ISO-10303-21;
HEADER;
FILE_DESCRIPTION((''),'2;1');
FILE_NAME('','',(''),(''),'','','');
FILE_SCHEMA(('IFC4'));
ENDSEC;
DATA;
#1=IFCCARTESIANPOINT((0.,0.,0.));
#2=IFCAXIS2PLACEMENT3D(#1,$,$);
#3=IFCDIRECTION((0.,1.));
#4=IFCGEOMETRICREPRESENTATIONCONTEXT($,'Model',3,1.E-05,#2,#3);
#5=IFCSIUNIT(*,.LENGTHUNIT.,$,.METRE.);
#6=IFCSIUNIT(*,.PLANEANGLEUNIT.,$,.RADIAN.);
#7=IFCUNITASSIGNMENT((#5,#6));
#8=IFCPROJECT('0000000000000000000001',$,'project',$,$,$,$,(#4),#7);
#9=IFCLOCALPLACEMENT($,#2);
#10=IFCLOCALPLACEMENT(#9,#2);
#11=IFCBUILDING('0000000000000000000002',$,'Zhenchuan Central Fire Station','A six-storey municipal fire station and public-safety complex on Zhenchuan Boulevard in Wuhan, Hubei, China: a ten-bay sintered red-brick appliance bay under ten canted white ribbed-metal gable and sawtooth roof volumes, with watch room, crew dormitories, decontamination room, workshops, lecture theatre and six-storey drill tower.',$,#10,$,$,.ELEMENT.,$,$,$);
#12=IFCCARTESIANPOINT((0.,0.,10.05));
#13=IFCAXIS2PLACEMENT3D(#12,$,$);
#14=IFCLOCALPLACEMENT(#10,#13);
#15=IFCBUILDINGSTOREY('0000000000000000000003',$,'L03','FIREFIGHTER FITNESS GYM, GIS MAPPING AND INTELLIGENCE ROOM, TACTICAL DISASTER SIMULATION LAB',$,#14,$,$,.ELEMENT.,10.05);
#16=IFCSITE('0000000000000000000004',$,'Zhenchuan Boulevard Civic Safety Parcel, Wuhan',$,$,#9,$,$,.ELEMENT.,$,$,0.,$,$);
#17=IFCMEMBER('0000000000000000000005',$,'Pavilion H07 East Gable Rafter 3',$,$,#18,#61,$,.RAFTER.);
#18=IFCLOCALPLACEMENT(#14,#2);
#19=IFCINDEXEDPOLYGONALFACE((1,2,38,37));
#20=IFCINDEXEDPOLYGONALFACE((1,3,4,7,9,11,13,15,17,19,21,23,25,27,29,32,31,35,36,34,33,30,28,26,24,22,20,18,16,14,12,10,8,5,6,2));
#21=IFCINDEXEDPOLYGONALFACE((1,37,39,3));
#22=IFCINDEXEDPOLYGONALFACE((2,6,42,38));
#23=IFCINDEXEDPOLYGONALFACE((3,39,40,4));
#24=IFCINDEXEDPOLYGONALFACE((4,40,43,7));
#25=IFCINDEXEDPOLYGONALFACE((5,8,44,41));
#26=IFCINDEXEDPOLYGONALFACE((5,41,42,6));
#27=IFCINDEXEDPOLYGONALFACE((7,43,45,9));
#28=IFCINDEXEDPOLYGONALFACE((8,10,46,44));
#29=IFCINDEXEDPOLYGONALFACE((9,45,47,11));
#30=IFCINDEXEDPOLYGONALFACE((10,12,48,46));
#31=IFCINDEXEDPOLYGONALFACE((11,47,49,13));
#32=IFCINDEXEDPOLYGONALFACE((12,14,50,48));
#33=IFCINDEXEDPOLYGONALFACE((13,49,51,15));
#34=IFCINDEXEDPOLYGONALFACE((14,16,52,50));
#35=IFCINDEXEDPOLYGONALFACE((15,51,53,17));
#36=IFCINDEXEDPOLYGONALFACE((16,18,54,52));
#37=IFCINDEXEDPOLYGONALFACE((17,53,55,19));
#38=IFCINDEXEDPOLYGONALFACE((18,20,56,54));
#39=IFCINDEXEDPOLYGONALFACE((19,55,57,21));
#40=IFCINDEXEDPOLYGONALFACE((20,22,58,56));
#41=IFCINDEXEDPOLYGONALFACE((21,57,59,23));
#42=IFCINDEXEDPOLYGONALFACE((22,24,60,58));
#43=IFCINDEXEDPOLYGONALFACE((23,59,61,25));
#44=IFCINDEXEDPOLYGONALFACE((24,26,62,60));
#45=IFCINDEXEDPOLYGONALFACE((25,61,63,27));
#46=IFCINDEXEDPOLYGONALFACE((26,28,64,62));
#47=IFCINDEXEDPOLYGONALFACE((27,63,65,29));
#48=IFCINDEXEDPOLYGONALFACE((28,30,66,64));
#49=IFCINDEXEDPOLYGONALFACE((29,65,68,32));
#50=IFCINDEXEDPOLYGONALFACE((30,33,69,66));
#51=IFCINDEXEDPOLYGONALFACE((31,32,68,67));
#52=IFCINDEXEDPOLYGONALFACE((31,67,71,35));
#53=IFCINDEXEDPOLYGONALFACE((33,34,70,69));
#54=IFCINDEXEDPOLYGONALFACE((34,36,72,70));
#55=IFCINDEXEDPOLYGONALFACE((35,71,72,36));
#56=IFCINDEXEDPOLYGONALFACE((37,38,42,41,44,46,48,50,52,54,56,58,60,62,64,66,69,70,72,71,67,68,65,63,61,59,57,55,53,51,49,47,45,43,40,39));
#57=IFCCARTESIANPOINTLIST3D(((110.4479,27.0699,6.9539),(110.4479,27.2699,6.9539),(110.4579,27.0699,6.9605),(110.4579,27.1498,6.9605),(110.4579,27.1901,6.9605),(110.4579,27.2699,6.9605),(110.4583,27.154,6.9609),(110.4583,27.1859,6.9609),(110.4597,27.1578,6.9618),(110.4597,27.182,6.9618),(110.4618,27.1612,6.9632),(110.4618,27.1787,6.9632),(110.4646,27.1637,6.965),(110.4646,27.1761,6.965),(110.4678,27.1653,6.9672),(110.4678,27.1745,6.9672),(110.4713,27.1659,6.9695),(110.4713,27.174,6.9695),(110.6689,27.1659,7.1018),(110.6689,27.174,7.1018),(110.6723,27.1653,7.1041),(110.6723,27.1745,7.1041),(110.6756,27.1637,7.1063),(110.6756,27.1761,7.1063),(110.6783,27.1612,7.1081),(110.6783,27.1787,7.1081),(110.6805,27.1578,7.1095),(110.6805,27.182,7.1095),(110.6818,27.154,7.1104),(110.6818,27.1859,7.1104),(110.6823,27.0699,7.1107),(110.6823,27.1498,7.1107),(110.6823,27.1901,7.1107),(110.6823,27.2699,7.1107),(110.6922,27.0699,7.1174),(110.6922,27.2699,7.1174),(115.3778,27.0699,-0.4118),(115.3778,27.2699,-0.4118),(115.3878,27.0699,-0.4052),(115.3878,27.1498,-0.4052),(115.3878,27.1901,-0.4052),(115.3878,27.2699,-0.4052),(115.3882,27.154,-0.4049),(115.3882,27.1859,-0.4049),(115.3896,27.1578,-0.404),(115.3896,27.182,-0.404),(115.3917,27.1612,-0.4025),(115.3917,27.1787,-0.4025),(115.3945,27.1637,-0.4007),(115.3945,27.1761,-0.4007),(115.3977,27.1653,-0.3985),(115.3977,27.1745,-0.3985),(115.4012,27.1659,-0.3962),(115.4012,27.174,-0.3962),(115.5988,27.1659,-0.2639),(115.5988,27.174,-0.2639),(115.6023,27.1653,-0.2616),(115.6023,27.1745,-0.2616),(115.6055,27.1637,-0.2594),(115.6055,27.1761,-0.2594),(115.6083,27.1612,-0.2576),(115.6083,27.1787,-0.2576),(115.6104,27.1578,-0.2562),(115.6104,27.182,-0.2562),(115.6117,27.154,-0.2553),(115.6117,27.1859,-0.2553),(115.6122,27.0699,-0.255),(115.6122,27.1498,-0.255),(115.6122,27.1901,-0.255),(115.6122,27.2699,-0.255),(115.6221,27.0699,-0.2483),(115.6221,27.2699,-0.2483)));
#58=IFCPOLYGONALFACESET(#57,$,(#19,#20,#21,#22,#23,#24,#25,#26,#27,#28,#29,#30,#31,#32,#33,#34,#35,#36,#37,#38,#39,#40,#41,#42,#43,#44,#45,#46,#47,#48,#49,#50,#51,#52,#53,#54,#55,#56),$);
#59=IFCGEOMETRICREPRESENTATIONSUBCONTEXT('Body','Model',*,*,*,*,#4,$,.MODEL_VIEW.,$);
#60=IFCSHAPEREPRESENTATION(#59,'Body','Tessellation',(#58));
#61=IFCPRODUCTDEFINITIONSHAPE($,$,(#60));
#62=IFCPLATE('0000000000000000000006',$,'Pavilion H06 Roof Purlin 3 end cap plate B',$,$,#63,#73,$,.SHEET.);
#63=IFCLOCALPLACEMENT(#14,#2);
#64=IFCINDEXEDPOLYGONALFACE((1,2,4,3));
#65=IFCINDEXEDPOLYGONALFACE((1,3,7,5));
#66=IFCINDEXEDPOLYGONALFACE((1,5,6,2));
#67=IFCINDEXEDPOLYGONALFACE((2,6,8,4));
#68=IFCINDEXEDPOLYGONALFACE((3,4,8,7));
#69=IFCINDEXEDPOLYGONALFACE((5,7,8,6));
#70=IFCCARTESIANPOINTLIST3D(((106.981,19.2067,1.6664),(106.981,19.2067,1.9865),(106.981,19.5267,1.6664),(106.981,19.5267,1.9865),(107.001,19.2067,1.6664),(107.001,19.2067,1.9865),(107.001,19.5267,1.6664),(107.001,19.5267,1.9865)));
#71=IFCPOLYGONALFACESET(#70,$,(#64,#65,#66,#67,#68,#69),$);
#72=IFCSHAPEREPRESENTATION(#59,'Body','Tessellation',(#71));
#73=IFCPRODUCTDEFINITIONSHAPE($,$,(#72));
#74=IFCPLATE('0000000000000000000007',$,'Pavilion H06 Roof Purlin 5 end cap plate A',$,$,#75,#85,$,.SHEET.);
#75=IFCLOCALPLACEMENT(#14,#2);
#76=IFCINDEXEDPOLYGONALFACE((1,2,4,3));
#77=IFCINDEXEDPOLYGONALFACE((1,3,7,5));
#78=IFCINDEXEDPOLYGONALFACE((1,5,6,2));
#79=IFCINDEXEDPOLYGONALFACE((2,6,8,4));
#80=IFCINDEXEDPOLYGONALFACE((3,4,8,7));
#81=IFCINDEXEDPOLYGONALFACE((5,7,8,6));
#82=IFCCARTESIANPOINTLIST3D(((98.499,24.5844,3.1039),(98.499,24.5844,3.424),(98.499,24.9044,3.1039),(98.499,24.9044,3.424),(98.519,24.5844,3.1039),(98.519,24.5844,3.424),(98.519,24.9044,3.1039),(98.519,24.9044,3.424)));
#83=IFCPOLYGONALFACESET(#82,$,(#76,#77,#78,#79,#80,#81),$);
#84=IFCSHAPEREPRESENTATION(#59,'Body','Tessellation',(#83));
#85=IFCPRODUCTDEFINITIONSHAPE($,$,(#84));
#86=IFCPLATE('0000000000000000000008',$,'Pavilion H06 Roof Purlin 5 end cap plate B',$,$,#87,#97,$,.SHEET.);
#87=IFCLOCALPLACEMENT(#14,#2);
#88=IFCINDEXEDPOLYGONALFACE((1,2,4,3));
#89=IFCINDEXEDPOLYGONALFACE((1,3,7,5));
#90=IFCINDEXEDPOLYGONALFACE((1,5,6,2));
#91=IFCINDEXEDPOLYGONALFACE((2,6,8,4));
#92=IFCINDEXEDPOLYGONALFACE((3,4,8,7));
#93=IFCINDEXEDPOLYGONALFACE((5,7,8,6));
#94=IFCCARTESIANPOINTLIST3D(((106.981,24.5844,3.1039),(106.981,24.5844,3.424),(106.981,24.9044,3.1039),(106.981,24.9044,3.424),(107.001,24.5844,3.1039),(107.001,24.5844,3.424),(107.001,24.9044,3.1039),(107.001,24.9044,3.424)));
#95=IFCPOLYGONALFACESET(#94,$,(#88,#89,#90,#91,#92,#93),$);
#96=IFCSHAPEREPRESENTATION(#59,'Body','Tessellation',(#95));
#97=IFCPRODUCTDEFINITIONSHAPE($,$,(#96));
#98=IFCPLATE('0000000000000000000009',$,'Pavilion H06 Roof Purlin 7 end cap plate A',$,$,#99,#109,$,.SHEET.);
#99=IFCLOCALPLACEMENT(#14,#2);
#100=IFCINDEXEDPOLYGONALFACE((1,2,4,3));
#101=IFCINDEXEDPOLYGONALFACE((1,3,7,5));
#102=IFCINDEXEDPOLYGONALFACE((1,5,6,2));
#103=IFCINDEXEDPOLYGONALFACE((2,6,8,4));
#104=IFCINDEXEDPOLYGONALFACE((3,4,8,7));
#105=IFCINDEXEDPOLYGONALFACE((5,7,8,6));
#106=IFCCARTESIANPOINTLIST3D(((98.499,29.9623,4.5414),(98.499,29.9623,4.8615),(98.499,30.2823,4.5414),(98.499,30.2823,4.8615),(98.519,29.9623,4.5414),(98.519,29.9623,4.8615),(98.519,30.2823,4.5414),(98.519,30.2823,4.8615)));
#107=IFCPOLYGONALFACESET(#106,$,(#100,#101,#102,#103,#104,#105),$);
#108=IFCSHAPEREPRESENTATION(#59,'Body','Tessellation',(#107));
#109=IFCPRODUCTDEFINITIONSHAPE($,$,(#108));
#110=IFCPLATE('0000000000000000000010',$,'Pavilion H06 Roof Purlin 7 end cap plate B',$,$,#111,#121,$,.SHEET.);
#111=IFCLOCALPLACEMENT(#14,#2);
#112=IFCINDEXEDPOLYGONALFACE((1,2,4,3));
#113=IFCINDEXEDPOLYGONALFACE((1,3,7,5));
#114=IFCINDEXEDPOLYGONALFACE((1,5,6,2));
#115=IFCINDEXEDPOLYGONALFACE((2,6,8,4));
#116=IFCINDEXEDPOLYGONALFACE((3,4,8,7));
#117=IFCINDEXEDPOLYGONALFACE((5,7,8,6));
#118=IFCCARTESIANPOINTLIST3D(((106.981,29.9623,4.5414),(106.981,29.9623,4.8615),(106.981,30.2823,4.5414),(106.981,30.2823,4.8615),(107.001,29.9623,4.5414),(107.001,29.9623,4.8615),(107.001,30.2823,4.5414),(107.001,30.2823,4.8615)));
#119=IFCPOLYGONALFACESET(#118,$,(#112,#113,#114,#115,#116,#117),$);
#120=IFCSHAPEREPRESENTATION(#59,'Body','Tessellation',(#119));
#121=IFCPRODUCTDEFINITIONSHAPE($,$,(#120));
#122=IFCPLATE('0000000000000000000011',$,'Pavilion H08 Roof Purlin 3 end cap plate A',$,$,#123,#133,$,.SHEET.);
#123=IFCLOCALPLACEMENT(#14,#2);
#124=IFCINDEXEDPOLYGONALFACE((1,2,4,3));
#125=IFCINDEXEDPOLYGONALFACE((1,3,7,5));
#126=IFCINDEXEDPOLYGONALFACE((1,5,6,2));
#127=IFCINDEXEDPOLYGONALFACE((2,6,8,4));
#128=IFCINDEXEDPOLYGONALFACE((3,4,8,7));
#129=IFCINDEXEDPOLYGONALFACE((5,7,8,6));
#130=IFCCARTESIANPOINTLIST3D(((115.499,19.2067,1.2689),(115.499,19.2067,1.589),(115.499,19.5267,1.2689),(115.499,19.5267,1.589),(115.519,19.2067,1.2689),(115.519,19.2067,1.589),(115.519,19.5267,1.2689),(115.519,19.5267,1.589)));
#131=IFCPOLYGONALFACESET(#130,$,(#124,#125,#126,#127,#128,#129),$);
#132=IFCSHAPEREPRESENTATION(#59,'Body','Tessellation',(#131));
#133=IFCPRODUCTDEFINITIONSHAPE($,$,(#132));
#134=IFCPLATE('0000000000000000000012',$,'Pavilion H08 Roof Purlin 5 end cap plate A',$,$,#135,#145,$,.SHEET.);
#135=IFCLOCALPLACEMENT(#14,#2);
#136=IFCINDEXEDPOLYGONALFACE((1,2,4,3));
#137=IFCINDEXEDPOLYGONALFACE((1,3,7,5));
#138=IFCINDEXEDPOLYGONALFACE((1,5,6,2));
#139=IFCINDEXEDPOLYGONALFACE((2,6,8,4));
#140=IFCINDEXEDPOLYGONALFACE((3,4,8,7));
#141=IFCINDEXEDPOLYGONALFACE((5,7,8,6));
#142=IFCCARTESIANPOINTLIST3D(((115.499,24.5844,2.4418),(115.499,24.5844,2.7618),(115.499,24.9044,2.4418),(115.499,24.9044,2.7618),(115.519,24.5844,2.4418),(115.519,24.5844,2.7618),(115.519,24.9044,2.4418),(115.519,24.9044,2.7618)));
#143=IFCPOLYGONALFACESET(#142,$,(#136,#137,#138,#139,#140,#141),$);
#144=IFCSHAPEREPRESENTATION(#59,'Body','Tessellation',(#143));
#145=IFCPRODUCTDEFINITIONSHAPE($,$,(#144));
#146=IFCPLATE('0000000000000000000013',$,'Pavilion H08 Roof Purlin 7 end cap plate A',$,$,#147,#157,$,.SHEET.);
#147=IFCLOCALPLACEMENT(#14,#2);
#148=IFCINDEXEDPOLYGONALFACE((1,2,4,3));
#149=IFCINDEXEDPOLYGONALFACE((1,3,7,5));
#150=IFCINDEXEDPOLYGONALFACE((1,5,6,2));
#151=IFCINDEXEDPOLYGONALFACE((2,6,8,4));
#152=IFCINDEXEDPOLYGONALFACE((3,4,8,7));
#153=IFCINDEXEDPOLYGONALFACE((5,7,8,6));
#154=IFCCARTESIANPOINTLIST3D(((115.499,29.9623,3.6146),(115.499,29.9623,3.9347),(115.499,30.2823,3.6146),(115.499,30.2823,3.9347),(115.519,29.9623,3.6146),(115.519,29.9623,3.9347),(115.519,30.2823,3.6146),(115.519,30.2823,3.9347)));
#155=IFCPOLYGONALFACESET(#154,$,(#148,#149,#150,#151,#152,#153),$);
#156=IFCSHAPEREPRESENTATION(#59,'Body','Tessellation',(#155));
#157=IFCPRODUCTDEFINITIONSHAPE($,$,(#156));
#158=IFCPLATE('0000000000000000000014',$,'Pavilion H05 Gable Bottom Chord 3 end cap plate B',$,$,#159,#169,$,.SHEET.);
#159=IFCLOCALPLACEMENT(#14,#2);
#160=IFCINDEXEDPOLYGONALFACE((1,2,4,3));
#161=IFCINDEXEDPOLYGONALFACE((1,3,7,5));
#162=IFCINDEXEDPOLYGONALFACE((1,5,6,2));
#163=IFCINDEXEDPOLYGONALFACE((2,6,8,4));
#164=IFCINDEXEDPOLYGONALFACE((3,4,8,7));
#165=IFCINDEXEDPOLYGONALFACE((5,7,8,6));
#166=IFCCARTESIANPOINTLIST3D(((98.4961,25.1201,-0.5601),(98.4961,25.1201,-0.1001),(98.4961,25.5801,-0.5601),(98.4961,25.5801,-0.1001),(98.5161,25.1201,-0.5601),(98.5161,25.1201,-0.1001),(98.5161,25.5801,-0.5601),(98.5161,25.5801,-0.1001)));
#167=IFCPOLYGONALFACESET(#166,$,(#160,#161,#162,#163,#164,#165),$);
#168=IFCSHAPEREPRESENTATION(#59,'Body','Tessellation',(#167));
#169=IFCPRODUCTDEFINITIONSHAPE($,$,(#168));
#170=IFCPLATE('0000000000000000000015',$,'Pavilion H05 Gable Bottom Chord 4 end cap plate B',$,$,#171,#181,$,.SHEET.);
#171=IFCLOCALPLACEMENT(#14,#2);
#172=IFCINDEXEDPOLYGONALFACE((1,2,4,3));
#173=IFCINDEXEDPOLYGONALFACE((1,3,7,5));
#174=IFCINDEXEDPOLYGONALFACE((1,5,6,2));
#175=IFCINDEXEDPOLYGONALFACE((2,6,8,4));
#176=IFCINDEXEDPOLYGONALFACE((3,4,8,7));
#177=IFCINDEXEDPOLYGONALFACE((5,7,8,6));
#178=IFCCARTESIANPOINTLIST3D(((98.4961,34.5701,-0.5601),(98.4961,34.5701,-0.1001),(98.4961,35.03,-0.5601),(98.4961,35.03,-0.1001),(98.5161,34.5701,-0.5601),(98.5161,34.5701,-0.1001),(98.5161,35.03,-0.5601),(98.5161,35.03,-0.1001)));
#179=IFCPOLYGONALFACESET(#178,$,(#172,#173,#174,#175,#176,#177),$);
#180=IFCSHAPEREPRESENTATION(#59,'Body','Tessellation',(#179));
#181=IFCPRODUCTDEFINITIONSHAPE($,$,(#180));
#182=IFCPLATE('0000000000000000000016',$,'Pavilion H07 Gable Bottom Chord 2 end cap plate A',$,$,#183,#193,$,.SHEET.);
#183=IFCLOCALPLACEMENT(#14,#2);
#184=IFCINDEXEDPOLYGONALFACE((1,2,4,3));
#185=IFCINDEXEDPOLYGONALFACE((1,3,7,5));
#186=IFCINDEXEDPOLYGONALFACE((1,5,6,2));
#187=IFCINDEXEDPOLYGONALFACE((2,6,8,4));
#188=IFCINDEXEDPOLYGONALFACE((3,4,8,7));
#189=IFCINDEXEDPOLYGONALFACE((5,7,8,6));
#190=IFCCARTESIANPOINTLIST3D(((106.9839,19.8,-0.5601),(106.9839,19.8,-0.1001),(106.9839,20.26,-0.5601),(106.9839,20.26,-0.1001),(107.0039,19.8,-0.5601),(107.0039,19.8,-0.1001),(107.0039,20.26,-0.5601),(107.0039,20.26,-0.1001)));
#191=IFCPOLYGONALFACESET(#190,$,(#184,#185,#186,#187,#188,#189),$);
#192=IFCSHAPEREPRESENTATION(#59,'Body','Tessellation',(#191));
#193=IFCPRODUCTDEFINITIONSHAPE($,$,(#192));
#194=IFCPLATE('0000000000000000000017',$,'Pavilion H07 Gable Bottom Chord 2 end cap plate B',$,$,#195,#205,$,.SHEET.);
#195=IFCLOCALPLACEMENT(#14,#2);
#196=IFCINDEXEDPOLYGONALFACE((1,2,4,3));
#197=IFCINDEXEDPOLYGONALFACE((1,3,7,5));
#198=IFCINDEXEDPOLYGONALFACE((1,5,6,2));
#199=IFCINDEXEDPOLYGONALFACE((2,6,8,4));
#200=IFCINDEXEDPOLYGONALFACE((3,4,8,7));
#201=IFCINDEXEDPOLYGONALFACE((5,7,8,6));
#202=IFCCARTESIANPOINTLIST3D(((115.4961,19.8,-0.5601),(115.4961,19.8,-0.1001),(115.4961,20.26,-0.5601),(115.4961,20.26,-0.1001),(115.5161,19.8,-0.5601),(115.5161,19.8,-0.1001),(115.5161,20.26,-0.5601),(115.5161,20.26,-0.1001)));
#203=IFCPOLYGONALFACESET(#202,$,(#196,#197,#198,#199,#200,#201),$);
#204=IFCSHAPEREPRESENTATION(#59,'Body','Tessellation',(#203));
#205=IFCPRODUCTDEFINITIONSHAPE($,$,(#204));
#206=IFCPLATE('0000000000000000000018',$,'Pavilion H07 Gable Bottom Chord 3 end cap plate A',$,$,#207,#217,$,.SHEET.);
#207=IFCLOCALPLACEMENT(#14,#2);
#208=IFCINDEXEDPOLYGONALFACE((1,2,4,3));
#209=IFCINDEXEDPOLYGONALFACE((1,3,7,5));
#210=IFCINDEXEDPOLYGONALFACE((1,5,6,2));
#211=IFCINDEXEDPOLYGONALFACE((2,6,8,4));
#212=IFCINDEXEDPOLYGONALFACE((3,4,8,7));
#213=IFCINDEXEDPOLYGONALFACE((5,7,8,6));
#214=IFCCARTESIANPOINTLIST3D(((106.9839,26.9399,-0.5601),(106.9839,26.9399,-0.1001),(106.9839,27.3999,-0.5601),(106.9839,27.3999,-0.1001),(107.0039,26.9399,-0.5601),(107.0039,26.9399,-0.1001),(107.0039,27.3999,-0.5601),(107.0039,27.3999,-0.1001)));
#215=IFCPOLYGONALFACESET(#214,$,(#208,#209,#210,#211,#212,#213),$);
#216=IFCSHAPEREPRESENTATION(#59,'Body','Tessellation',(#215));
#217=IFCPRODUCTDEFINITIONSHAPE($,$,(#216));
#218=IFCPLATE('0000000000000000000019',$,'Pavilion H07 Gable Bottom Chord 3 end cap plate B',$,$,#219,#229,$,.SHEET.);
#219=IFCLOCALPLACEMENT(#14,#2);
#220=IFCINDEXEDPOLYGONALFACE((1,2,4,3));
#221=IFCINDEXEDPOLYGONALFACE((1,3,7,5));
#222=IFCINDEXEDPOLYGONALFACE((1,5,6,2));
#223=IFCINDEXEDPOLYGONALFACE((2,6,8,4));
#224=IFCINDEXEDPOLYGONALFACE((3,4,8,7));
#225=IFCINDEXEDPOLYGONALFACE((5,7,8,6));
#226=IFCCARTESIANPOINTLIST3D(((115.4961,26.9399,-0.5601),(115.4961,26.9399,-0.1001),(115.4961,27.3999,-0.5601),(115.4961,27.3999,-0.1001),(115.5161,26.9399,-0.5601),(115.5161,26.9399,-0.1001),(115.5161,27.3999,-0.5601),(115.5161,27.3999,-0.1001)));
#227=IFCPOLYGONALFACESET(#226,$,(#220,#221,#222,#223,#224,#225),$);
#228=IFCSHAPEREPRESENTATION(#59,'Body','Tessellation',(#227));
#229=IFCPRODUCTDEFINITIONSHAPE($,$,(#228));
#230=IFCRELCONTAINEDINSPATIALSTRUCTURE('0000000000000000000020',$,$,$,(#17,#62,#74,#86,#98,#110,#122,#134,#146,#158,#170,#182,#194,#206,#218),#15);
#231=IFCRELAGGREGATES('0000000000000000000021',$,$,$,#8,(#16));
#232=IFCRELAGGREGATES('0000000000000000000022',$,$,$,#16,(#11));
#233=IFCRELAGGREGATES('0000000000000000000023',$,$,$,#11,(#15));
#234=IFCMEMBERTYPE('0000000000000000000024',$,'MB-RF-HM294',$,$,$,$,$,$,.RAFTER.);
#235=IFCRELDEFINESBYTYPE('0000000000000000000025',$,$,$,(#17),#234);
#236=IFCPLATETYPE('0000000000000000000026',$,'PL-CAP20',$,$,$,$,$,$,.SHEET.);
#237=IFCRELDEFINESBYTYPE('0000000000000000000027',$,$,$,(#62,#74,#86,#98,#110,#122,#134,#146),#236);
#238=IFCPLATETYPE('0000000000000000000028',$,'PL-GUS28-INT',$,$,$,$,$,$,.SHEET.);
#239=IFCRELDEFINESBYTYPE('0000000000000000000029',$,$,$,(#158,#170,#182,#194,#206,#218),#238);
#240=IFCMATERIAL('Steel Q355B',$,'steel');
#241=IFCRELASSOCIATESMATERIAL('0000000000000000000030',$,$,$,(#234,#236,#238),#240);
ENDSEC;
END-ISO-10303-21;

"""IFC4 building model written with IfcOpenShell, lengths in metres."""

from ifc_helpers import new_model, si_unit, direction, frame, origin, origin_2d, place, context, subcontext, project, spatial, rectangle, i_section, extrude, material, material_profile, profile_set, type_object, element, save


model = new_model("IFC4")

# Units and contexts
model_context = context("Model", 3, precision=1e-05, world=origin(), true_north=direction((0.0, 1.0)))
body_context = subcontext(model_context, "Body", "Model", "MODEL_VIEW")
ifc_project = project(units=[si_unit("LENGTHUNIT", "METRE"), si_unit("PLANEANGLEUNIT", "RADIAN")], contexts=[model_context])

# Site, building, storey
site_placement = place(None, origin())
site = spatial("IfcSite", under=ifc_project, at=site_placement, Name="Zhenchuan Boulevard Civic Safety Parcel, Wuhan", CompositionType="ELEMENT", RefElevation=0.0)
building_placement = place(site_placement, origin())
building = spatial("IfcBuilding", under=site, at=building_placement, Name="Zhenchuan Central Fire Station", Description="A six-storey municipal fire station and public-safety complex on Zhenchuan Boulevard in Wuhan, Hubei, China: a ten-bay sintered red-brick appliance bay under ten canted white ribbed-metal gable and sawtooth roof volumes, with watch room, crew dormitories, decontamination room, workshops, lecture theatre and six-storey drill tower.", CompositionType="ELEMENT")
storey_placement = place(building_placement, frame((0.0, 0.0, 10.05)))
storey = spatial("IfcBuildingStorey", under=building, at=storey_placement, Name="L03", Description="FIREFIGHTER FITNESS GYM, GIS MAPPING AND INTELLIGENCE ROOM, TACTICAL DISASTER SIMULATION LAB", CompositionType="ELEMENT", Elevation=10.05)

# Member
ifc_material = material(Name="Steel Q355B", Category="steel")
ifc_material_profile_1 = material_profile(ifc_material, i_section(OverallWidth=0.2, OverallDepth=0.2939, WebThickness=0.0081, FlangeThickness=0.012, FilletRadius=0.0161, at=origin_2d()), Name="HM 294x200")
ifc_profile_set_1 = profile_set([ifc_material_profile_1], Name="Steel Q355B")
member_type_1 = type_object("IfcMemberType", Name="MB-RF-HM294", PredefinedType="RAFTER", material=ifc_profile_set_1)
member_1_placement = place(storey_placement, frame((110.5701, 27.1699, 7.0356), z_axis=(0.556218, 0.0, -0.831036), x_axis=(0.0, 1.0, 0.0)))
element("IfcMember", 1, at=member_1_placement, inside=storey, type_object=member_type_1, Name="Pavilion H07 East Gable Rafter 3", PredefinedType="RAFTER", context=body_context, shape_type="SweptSolid", body=[
    extrude(i_section(OverallWidth=0.2, OverallDepth=0.2939, WebThickness=0.0081, FlangeThickness=0.012, FilletRadius=0.0161, at=origin_2d()), origin(), (0.0, 0.0, 1.0), 8.8633),
])

# Plates
ifc_material_profile_2 = material_profile(ifc_material, rectangle(XDim=0.3201, YDim=0.3201, at=origin_2d()), Name="PL 320x320x20")
ifc_profile_set_2 = profile_set([ifc_material_profile_2], Name="Steel Q355B")
plate_type_1 = type_object("IfcPlateType", Name="PL-CAP20", PredefinedType="SHEET", material=ifc_profile_set_2)
for number, where, z_axis, x_axis, name in (
    (2, (106.981, 19.3667, 1.8264), (1.0, 0.0, 0.0), (0.0, 1.0, 0.0), "Pavilion H06 Roof Purlin 3 end cap plate B"),
    (3, (98.499, 24.7444, 3.2639), (1.0, 0.0, 0.0), (0.0, 1.0, 0.0), "Pavilion H06 Roof Purlin 5 end cap plate A"),
    (4, (106.981, 24.7444, 3.2639), (1.0, 0.0, 0.0), (0.0, 1.0, 0.0), "Pavilion H06 Roof Purlin 5 end cap plate B"),
    (5, (98.499, 30.1223, 4.7014), (1.0, 0.0, 0.0), (0.0, 1.0, 0.0), "Pavilion H06 Roof Purlin 7 end cap plate A"),
    (6, (106.981, 30.1223, 4.7014), (1.0, 0.0, 0.0), (0.0, 1.0, 0.0), "Pavilion H06 Roof Purlin 7 end cap plate B"),
    (7, (115.499, 19.3667, 1.429), (1.0, 0.0, 0.0), (0.0, 1.0, 0.0), "Pavilion H08 Roof Purlin 3 end cap plate A"),
    (8, (115.499, 24.7444, 2.6018), (1.0, 0.0, 0.0), (0.0, 1.0, 0.0), "Pavilion H08 Roof Purlin 5 end cap plate A"),
    (9, (115.499, 30.1223, 3.7747), (1.0, 0.0, 0.0), (0.0, 1.0, 0.0), "Pavilion H08 Roof Purlin 7 end cap plate A"),
):
    element("IfcPlate", number, at=place(storey_placement, frame(where, z_axis=z_axis, x_axis=x_axis)), inside=storey, type_object=plate_type_1, Name=name, PredefinedType="SHEET", context=body_context, shape_type="SweptSolid", body=[
        extrude(rectangle(XDim=0.3201, YDim=0.3201, at=origin_2d()), origin(), (0.0, 0.0, 1.0), 0.02),
    ])
ifc_material_profile_3 = material_profile(ifc_material, rectangle(XDim=0.46, YDim=0.46, at=origin_2d()), Name="PL 460x460x28")
ifc_profile_set_3 = profile_set([ifc_material_profile_3], Name="Steel Q355B")
plate_type_2 = type_object("IfcPlateType", Name="PL-GUS28-INT", PredefinedType="SHEET", material=ifc_profile_set_3)
for number, where, z_axis, x_axis, name in (
    (10, (98.4961, 25.3501, -0.3301), (1.0, 0.0, 0.0), (0.0, 1.0, 0.0), "Pavilion H05 Gable Bottom Chord 3 end cap plate B"),
    (11, (98.4961, 34.8, -0.3301), (1.0, 0.0, 0.0), (0.0, 1.0, 0.0), "Pavilion H05 Gable Bottom Chord 4 end cap plate B"),
    (12, (106.9839, 20.03, -0.3301), (1.0, 0.0, 0.0), (0.0, 1.0, 0.0), "Pavilion H07 Gable Bottom Chord 2 end cap plate A"),
    (13, (115.4961, 20.03, -0.3301), (1.0, 0.0, 0.0), (0.0, 1.0, 0.0), "Pavilion H07 Gable Bottom Chord 2 end cap plate B"),
    (14, (106.9839, 27.1699, -0.3301), (1.0, 0.0, 0.0), (0.0, 1.0, 0.0), "Pavilion H07 Gable Bottom Chord 3 end cap plate A"),
    (15, (115.4961, 27.1699, -0.3301), (1.0, 0.0, 0.0), (0.0, 1.0, 0.0), "Pavilion H07 Gable Bottom Chord 3 end cap plate B"),
):
    element("IfcPlate", number, at=place(storey_placement, frame(where, z_axis=z_axis, x_axis=x_axis)), inside=storey, type_object=plate_type_2, Name=name, PredefinedType="SHEET", context=body_context, shape_type="SweptSolid", body=[
        extrude(rectangle(XDim=0.46, YDim=0.46, at=origin_2d()), origin(), (0.0, 0.0, 1.0), 0.02),
    ])

save(model, "model.ifc")
